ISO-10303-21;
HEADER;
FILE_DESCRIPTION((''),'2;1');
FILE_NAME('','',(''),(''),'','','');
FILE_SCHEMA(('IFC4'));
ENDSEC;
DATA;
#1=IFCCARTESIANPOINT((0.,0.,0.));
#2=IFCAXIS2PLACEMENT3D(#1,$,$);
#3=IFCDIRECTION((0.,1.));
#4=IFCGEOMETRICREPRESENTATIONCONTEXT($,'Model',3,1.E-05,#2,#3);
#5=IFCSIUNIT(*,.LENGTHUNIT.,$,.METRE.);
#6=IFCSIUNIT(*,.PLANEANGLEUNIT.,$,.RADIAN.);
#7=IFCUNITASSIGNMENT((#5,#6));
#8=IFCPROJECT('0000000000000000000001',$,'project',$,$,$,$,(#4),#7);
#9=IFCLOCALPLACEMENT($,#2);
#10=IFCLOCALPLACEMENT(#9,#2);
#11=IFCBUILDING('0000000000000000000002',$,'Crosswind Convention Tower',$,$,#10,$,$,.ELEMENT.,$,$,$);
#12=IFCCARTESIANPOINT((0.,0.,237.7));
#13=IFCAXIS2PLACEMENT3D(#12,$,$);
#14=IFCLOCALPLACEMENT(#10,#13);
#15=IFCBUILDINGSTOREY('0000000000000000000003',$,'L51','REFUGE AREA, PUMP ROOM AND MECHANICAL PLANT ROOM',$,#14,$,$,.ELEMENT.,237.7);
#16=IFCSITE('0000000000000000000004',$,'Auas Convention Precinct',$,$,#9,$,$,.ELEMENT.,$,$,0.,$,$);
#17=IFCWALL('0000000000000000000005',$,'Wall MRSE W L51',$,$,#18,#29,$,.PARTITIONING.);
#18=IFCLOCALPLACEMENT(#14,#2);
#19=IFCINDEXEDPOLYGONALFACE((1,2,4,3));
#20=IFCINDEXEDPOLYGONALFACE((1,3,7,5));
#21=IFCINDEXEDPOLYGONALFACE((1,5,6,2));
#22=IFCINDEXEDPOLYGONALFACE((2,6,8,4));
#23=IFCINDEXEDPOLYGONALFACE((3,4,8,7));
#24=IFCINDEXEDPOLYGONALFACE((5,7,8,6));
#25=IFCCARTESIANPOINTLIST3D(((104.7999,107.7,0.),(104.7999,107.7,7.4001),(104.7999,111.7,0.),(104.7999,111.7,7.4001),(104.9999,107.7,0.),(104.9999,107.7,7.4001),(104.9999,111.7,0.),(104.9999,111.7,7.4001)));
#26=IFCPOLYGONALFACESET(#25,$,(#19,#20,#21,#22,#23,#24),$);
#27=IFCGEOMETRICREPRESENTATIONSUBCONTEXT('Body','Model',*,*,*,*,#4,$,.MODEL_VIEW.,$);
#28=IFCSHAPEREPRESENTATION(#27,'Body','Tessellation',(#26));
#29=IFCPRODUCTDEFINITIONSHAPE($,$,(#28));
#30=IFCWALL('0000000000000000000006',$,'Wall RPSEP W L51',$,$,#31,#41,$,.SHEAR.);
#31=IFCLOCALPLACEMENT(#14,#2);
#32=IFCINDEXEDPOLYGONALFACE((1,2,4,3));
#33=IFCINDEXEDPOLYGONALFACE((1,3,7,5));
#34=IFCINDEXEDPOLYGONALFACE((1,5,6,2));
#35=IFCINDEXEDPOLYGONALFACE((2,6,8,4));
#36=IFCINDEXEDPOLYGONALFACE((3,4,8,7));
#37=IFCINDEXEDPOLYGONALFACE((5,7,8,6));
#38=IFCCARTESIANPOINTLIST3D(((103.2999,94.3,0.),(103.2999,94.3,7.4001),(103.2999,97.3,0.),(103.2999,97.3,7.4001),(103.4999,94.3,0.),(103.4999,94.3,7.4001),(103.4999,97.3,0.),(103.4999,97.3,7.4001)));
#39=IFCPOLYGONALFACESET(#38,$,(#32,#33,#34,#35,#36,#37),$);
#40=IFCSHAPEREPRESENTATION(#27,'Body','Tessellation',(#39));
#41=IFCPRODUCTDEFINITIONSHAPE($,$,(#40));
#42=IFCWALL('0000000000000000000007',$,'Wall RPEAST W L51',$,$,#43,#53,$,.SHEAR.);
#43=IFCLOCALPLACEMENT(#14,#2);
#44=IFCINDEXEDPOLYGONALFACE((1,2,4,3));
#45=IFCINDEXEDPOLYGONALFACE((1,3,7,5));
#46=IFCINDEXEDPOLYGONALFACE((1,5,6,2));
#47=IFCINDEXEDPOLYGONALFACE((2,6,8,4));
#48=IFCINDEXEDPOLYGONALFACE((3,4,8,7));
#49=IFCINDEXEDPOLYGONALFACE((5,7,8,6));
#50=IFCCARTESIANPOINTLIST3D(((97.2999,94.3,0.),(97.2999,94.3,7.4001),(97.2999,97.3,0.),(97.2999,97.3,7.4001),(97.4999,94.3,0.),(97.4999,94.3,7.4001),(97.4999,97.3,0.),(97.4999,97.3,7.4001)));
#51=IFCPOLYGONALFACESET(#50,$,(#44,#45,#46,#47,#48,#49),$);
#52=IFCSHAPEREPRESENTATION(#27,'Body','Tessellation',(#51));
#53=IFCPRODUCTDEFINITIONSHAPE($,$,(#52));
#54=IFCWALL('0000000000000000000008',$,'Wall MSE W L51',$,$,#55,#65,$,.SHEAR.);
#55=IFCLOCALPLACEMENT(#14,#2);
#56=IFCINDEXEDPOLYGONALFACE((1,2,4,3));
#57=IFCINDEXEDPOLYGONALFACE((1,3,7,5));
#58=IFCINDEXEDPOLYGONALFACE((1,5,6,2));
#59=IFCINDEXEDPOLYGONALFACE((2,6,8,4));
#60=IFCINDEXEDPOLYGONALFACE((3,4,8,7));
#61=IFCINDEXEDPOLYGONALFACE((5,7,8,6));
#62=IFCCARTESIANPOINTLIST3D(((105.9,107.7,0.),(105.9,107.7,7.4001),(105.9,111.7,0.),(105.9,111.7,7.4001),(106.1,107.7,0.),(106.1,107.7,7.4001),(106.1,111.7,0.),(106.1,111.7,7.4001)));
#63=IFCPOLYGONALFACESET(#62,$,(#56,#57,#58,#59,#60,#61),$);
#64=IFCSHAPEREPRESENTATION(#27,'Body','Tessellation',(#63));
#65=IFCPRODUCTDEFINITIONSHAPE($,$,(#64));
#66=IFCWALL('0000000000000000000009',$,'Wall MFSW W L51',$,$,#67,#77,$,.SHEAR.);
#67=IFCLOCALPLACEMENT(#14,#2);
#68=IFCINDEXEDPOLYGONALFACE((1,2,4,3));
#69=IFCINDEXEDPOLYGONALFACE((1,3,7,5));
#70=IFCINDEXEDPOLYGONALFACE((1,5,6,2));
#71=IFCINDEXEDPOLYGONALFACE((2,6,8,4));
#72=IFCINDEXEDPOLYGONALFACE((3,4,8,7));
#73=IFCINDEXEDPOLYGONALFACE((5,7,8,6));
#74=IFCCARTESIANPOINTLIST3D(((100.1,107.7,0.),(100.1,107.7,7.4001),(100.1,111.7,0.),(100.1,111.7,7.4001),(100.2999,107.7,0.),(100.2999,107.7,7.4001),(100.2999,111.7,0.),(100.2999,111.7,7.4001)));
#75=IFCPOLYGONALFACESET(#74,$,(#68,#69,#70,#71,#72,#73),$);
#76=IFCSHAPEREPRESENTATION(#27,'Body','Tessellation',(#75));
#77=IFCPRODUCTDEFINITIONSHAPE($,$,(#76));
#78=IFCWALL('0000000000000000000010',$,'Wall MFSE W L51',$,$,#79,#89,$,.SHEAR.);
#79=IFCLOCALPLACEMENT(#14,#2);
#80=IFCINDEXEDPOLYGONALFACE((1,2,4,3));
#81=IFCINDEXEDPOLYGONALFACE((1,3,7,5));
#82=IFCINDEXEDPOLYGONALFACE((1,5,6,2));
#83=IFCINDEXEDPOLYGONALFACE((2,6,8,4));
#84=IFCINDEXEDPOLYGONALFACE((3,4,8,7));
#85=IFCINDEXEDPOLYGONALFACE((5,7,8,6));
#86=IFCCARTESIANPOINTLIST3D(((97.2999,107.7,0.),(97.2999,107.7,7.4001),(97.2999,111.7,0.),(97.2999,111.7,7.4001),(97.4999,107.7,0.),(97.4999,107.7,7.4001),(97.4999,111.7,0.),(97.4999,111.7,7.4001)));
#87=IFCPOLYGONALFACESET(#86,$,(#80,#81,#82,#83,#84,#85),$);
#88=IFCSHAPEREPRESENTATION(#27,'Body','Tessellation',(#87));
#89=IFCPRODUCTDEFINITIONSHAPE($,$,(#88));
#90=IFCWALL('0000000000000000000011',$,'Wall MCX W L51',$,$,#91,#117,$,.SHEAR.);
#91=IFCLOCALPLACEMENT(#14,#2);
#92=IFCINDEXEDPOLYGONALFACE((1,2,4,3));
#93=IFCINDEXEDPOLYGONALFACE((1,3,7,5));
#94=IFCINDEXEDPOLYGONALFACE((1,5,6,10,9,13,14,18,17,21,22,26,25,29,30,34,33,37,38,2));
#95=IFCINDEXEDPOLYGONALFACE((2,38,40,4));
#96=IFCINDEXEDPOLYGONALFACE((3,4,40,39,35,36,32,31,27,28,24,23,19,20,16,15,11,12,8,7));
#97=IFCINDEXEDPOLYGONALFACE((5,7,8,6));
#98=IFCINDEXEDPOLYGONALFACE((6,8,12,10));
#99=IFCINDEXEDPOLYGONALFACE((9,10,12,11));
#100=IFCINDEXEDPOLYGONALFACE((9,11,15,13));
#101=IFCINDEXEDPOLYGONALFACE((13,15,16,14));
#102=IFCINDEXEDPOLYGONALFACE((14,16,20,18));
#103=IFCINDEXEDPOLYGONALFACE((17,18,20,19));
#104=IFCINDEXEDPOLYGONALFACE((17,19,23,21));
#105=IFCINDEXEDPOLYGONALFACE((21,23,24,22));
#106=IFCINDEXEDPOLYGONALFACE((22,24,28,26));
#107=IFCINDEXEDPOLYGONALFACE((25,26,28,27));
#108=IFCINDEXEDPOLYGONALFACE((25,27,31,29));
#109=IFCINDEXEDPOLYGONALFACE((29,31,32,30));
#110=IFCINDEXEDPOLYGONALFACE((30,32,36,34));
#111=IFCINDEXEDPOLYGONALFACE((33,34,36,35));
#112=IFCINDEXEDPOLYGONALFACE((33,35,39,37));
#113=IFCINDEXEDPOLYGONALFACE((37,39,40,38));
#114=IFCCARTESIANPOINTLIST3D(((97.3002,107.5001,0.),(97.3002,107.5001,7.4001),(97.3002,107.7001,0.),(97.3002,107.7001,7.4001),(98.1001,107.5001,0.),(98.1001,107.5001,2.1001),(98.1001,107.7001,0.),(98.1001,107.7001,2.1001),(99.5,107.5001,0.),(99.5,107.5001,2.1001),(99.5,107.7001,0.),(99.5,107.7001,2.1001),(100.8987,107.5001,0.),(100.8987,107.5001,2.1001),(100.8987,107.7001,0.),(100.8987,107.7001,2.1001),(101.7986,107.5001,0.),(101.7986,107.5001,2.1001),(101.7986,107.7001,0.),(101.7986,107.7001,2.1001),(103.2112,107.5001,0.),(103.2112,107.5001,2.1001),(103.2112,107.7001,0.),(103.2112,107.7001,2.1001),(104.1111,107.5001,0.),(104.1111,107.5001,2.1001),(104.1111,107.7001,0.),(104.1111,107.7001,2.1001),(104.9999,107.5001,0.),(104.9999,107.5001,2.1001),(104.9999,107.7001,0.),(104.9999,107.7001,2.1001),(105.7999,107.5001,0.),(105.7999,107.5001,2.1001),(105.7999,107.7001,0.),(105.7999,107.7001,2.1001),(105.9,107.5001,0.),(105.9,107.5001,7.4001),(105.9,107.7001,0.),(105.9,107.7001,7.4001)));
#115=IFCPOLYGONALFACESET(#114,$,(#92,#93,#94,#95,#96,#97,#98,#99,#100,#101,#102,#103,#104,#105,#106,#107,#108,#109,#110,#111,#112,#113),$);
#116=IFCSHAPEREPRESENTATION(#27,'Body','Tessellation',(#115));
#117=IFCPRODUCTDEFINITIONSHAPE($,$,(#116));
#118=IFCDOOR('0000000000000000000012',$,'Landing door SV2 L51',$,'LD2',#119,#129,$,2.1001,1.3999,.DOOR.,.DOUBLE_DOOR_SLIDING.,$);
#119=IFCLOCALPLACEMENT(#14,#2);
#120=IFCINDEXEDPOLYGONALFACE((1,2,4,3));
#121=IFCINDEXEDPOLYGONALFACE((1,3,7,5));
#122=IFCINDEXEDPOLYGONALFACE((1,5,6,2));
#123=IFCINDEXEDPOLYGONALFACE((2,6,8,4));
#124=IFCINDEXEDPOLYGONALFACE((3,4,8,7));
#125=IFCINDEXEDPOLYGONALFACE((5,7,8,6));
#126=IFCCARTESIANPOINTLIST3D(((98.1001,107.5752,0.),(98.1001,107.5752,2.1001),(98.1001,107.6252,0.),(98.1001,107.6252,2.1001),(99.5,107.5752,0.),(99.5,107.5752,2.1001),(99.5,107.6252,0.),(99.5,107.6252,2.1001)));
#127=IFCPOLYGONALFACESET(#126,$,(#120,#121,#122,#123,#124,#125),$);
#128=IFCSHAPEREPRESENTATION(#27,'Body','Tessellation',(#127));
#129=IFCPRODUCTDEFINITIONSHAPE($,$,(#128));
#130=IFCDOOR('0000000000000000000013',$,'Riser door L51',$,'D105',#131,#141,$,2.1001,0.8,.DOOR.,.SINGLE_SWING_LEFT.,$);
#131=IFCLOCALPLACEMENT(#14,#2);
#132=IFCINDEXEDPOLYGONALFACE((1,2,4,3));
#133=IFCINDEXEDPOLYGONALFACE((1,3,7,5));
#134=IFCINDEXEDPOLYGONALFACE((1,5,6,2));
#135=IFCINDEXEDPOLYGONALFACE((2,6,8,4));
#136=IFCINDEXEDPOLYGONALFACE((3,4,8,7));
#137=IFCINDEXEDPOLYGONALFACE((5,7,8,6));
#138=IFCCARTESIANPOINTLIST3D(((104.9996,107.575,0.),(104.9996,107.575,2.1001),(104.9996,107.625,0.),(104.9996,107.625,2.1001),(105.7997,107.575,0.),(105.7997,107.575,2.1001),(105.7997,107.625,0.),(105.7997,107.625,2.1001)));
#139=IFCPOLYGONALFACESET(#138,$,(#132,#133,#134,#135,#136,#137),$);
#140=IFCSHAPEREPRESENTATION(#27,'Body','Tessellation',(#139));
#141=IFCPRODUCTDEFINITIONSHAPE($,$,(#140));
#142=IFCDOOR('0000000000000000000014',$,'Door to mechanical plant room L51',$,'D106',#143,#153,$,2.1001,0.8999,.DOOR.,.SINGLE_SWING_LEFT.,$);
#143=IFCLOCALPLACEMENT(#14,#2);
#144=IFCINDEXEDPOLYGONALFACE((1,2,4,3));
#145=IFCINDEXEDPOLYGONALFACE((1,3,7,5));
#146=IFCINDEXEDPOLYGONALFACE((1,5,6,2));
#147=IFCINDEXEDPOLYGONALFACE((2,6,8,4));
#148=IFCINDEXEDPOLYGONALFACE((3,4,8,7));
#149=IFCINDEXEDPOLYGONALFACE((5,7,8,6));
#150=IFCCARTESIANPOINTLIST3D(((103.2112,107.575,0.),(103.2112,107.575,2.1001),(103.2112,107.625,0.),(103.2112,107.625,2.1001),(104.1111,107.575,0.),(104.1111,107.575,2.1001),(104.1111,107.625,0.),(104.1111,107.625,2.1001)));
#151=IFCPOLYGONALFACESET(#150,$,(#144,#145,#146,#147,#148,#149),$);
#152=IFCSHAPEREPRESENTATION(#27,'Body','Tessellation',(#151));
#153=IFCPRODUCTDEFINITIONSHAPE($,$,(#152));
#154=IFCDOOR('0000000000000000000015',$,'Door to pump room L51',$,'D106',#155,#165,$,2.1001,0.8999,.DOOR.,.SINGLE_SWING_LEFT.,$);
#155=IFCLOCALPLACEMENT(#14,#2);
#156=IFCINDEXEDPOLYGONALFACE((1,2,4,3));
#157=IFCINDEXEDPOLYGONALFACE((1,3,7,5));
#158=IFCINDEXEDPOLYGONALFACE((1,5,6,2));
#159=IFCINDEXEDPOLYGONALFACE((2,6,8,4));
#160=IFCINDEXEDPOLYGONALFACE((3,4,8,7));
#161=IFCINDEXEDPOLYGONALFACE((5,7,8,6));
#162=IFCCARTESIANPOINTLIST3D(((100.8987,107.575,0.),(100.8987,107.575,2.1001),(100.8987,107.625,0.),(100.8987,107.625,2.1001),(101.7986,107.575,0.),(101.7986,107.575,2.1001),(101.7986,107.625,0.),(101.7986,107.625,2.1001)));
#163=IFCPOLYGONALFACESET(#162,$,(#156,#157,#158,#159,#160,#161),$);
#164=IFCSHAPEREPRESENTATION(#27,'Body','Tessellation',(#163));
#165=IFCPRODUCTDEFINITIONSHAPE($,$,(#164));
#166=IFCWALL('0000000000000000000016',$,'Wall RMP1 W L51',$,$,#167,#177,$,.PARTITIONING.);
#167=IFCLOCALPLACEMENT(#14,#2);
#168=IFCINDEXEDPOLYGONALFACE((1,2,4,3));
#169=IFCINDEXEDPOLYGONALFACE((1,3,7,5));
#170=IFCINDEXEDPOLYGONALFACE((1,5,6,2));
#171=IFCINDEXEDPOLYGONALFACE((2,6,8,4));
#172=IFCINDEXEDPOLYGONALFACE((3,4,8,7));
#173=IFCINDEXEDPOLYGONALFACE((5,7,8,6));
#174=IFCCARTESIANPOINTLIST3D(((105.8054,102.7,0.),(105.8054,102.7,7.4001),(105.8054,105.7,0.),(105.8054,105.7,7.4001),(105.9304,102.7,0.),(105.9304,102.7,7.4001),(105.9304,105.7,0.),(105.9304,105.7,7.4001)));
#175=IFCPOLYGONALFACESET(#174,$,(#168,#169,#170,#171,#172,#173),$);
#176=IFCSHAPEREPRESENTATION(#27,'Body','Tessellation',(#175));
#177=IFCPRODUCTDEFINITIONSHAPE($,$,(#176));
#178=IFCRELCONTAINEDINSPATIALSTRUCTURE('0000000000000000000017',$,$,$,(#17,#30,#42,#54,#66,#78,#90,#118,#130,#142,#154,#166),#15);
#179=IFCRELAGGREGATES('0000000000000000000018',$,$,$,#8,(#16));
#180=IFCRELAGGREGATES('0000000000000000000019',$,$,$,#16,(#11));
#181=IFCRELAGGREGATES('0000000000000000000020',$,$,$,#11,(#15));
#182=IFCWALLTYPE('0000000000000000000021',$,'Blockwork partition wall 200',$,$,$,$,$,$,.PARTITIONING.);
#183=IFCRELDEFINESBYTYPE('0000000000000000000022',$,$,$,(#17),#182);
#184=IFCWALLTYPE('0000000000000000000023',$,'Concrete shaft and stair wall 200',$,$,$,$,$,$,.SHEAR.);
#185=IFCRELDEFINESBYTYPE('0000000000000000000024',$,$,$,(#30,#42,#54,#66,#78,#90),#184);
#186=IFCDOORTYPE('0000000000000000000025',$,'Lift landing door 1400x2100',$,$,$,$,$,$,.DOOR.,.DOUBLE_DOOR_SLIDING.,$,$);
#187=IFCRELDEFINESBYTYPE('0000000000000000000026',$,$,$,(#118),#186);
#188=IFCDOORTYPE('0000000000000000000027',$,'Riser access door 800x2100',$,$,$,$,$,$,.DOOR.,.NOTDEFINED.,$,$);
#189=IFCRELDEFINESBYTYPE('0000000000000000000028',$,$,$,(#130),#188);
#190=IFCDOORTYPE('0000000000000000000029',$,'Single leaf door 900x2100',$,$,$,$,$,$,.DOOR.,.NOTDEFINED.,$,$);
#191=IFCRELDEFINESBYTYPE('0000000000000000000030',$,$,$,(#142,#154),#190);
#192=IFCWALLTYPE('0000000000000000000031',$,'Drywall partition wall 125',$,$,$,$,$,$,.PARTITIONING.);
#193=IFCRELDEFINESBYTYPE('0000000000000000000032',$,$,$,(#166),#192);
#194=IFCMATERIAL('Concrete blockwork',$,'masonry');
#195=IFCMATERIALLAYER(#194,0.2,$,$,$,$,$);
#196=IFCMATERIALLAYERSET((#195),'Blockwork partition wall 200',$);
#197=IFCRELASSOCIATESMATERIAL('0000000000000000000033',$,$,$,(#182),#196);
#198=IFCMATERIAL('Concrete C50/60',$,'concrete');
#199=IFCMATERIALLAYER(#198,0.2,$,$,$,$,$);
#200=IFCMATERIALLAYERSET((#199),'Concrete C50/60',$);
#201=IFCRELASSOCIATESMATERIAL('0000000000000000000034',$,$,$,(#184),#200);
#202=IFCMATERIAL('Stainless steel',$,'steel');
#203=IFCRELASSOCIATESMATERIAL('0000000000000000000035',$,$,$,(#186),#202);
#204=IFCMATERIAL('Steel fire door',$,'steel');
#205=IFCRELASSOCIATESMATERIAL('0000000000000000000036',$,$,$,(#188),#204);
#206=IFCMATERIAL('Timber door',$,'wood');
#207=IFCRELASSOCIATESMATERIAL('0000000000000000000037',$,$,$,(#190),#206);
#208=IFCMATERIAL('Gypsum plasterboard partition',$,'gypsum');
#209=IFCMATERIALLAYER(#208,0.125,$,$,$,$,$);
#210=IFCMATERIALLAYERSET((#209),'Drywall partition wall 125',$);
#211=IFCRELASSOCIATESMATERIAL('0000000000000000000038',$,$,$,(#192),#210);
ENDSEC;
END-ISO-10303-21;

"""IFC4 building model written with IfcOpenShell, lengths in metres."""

from ifc_helpers import new_model, si_unit, direction, frame, frame_2d, origin, place, context, subcontext, project, spatial, rectangle, extrude, material, layer, layer_set, type_object, element, fill, save


model = new_model("IFC4")

# Units and contexts
model_context = context("Model", 3, precision=1e-05, world=origin(), true_north=direction((0.0, 1.0)))
body_context = subcontext(model_context, "Body", "Model", "MODEL_VIEW")
ifc_project = project(units=[si_unit("LENGTHUNIT", "METRE"), si_unit("PLANEANGLEUNIT", "RADIAN")], contexts=[model_context])

# Site, building, storey
site_placement = place(None, origin())
site = spatial("IfcSite", under=ifc_project, at=site_placement, Name="Auas Convention Precinct", CompositionType="ELEMENT", RefElevation=0.0)
building_placement = place(site_placement, origin())
building = spatial("IfcBuilding", under=site, at=building_placement, Name="Crosswind Convention Tower", CompositionType="ELEMENT")
storey_placement = place(building_placement, frame((0.0, 0.0, 237.7)))
storey = spatial("IfcBuildingStorey", under=building, at=storey_placement, Name="L51", Description="REFUGE AREA, PUMP ROOM AND MECHANICAL PLANT ROOM", CompositionType="ELEMENT", Elevation=237.7)

# Walls
ifc_material_1 = material(Name="Concrete blockwork", Category="masonry")
ifc_layer_1 = layer(ifc_material_1, 0.2)
ifc_layer_set_1 = layer_set([ifc_layer_1], Name="Blockwork partition wall 200")
wall_type_1 = type_object("IfcWallType", Name="Blockwork partition wall 200", PredefinedType="PARTITIONING", material=ifc_layer_set_1)
wall_1_placement = place(storey_placement, frame((104.8999, 111.7, 0.0), z_axis=(0.0, 0.0, 1.0), x_axis=(0.0, -1.0, 0.0)))
element("IfcWall", 1, at=wall_1_placement, inside=storey, type_object=wall_type_1, Name="Wall MRSE W L51", PredefinedType="PARTITIONING", context=body_context, shape_type="SweptSolid", body=[
    extrude(rectangle(XDim=4.0, YDim=0.2, at=frame_2d((2.0, 0.0))), origin(), (0.0, 0.0, 1.0), 7.4001),
])
ifc_material_2 = material(Name="Concrete C50/60", Category="concrete")
ifc_layer_2 = layer(ifc_material_2, 0.2)
ifc_layer_set_2 = layer_set([ifc_layer_2], Name="Concrete C50/60")
wall_type_2 = type_object("IfcWallType", Name="Concrete shaft and stair wall 200", PredefinedType="SHEAR", material=ifc_layer_set_2)
for number, where, z_axis, x_axis, name in (
    (2, (103.3999, 97.3, 0.0), (0.0, 0.0, 1.0), (0.0, -1.0, 0.0), "Wall RPSEP W L51"),
    (3, (97.3999, 97.3, 0.0), (0.0, 0.0, 1.0), (0.0, -1.0, 0.0), "Wall RPEAST W L51"),
):
    element("IfcWall", number, at=place(storey_placement, frame(where, z_axis=z_axis, x_axis=x_axis)), inside=storey, type_object=wall_type_2, Name=name, PredefinedType="SHEAR", context=body_context, shape_type="SweptSolid", body=[
        extrude(rectangle(XDim=3.0, YDim=0.2, at=frame_2d((1.5, 0.0))), origin(), (0.0, 0.0, 1.0), 7.4001),
    ])
for number, where, z_axis, x_axis, name in (
    (4, (106.0, 111.7, 0.0), (0.0, 0.0, 1.0), (0.0, -1.0, 0.0), "Wall MSE W L51"),
    (5, (100.2, 111.7, 0.0), (0.0, 0.0, 1.0), (0.0, -1.0, 0.0), "Wall MFSW W L51"),
    (6, (97.3999, 111.7, 0.0), (0.0, 0.0, 1.0), (0.0, -1.0, 0.0), "Wall MFSE W L51"),
):
    element("IfcWall", number, at=place(storey_placement, frame(where, z_axis=z_axis, x_axis=x_axis)), inside=storey, type_object=wall_type_2, Name=name, PredefinedType="SHEAR", context=body_context, shape_type="SweptSolid", body=[
        extrude(rectangle(XDim=4.0, YDim=0.2, at=frame_2d((2.0, 0.0))), origin(), (0.0, 0.0, 1.0), 7.4001),
    ])

# Wall, openings, doors
wall_2_placement = place(storey_placement, frame((105.8999, 107.6001, 0.0), z_axis=(0.0, 0.0, 1.0), x_axis=(-1.0, 0.0, 0.0)))
wall_2 = element("IfcWall", 7, at=wall_2_placement, inside=storey, type_object=wall_type_2, Name="Wall MCX W L51", PredefinedType="SHEAR", context=body_context, shape_type="SweptSolid", body=[
    extrude(rectangle(XDim=8.5999, YDim=0.2, at=frame_2d((4.2998, 0.0))), origin(), (0.0, 0.0, 1.0), 7.4001),
])
opening_1_placement = place(wall_2_placement, frame((0.1001, 0.0, 0.0)))
opening_1 = element("IfcOpeningElement", 8, at=opening_1_placement, cuts=wall_2, PredefinedType="OPENING", context=body_context, shape_type="SweptSolid", body=[
    extrude(rectangle(XDim=0.8, YDim=2.1001, at=frame_2d((0.3999, 1.05))), frame((0.0, 0.1099, 0.0), z_axis=(0.0, -1.0, 0.0), x_axis=(1.0, 0.0, 0.0)), (0.0, 0.0, 1.0), 0.22),
])
opening_2_placement = place(wall_2_placement, frame((1.7888, 0.0, 0.0)))
opening_2 = element("IfcOpeningElement", 9, at=opening_2_placement, cuts=wall_2, PredefinedType="OPENING", context=body_context, shape_type="SweptSolid", body=[
    extrude(rectangle(XDim=0.8999, YDim=2.1001, at=frame_2d((0.45, 1.05))), frame((0.0, 0.1099, 0.0), z_axis=(0.0, -1.0, 0.0), x_axis=(1.0, 0.0, 0.0)), (0.0, 0.0, 1.0), 0.22),
])
opening_3_placement = place(wall_2_placement, frame((4.1013, 0.0, 0.0)))
opening_3 = element("IfcOpeningElement", 10, at=opening_3_placement, cuts=wall_2, PredefinedType="OPENING", context=body_context, shape_type="SweptSolid", body=[
    extrude(rectangle(XDim=0.8999, YDim=2.1001, at=frame_2d((0.45, 1.05))), frame((0.0, 0.1099, 0.0), z_axis=(0.0, -1.0, 0.0), x_axis=(1.0, 0.0, 0.0)), (0.0, 0.0, 1.0), 0.22),
])
opening_4_placement = place(wall_2_placement, frame((6.3999, 0.0, 0.0)))
opening_4 = element("IfcOpeningElement", 11, at=opening_4_placement, cuts=wall_2, PredefinedType="OPENING", context=body_context, shape_type="SweptSolid", body=[
    extrude(rectangle(XDim=1.3999, YDim=2.1001, at=frame_2d((0.7, 1.05))), frame((0.0, 0.1099, 0.0), z_axis=(0.0, -1.0, 0.0), x_axis=(1.0, 0.0, 0.0)), (0.0, 0.0, 1.0), 0.22),
])
ifc_material_3 = material(Name="Stainless steel", Category="steel")
door_type_1 = type_object("IfcDoorType", Name="Lift landing door 1400x2100", OperationType="DOUBLE_DOOR_SLIDING", PredefinedType="DOOR", material=ifc_material_3)
door_1_placement = place(opening_4_placement, origin())
door_1 = element("IfcDoor", 12, at=door_1_placement, inside=storey, type_object=door_type_1, Name="Landing door SV2 L51", ObjectType="LD2", OperationType="DOUBLE_DOOR_SLIDING", OverallHeight=2.1001, OverallWidth=1.3999, PredefinedType="DOOR", context=body_context, shape_type="SweptSolid", body=[
    extrude(rectangle(XDim=1.3999, YDim=2.1001, at=frame_2d((0.7, 1.05))), frame((0.0, 0.0249, 0.0), z_axis=(0.0, -1.0, 0.0), x_axis=(1.0, 0.0, 0.0)), (0.0, 0.0, 1.0), 0.05),
])
fill(opening_4, door_1)
ifc_material_4 = material(Name="Steel fire door", Category="steel")
door_type_2 = type_object("IfcDoorType", Name="Riser access door 800x2100", OperationType="NOTDEFINED", PredefinedType="DOOR", material=ifc_material_4)
door_2_placement = place(opening_1_placement, frame((0.8, 0.0, 0.0), z_axis=(0.0, 0.0, 1.0), x_axis=(-1.0, 0.0, 0.0)))
door_2 = element("IfcDoor", 13, at=door_2_placement, inside=storey, type_object=door_type_2, Name="Riser door L51", ObjectType="D105", OperationType="SINGLE_SWING_LEFT", OverallHeight=2.1001, OverallWidth=0.8, PredefinedType="DOOR", context=body_context, shape_type="SweptSolid", body=[
    extrude(rectangle(XDim=0.8, YDim=2.1001, at=frame_2d((0.3999, 1.05))), frame((0.0, 0.0249, 0.0), z_axis=(0.0, -1.0, 0.0), x_axis=(1.0, 0.0, 0.0)), (0.0, 0.0, 1.0), 0.05),
])
fill(opening_1, door_2)
ifc_material_5 = material(Name="Timber door", Category="wood")
door_type_3 = type_object("IfcDoorType", Name="Single leaf door 900x2100", OperationType="NOTDEFINED", PredefinedType="DOOR", material=ifc_material_5)
door_3_placement = place(opening_2_placement, frame((0.8999, 0.0, 0.0), z_axis=(0.0, 0.0, 1.0), x_axis=(-1.0, 0.0, 0.0)))
door_3 = element("IfcDoor", 14, at=door_3_placement, inside=storey, type_object=door_type_3, Name="Door to mechanical plant room L51", ObjectType="D106", OperationType="SINGLE_SWING_LEFT", OverallHeight=2.1001, OverallWidth=0.8999, PredefinedType="DOOR", context=body_context, shape_type="SweptSolid", body=[
    extrude(rectangle(XDim=0.8999, YDim=2.1001, at=frame_2d((0.45, 1.05))), frame((0.0, 0.0249, 0.0), z_axis=(0.0, -1.0, 0.0), x_axis=(1.0, 0.0, 0.0)), (0.0, 0.0, 1.0), 0.05),
])
fill(opening_2, door_3)
door_4_placement = place(opening_3_placement, frame((0.8999, 0.0, 0.0), z_axis=(0.0, 0.0, 1.0), x_axis=(-1.0, 0.0, 0.0)))
door_4 = element("IfcDoor", 15, at=door_4_placement, inside=storey, type_object=door_type_3, Name="Door to pump room L51", ObjectType="D106", OperationType="SINGLE_SWING_LEFT", OverallHeight=2.1001, OverallWidth=0.8999, PredefinedType="DOOR", context=body_context, shape_type="SweptSolid", body=[
    extrude(rectangle(XDim=0.8999, YDim=2.1001, at=frame_2d((0.45, 1.05))), frame((0.0, 0.0249, 0.0), z_axis=(0.0, -1.0, 0.0), x_axis=(1.0, 0.0, 0.0)), (0.0, 0.0, 1.0), 0.05),
])
fill(opening_3, door_4)

# Wall
ifc_material_6 = material(Name="Gypsum plasterboard partition", Category="gypsum")
ifc_layer_3 = layer(ifc_material_6, 0.125)
ifc_layer_set_3 = layer_set([ifc_layer_3], Name="Drywall partition wall 125")
wall_type_3 = type_object("IfcWallType", Name="Drywall partition wall 125", PredefinedType="PARTITIONING", material=ifc_layer_set_3)
wall_3_placement = place(storey_placement, frame((105.8679, 105.7, 0.0), z_axis=(0.0, 0.0, 1.0), x_axis=(0.0, -1.0, 0.0)))
element("IfcWall", 16, at=wall_3_placement, inside=storey, type_object=wall_type_3, Name="Wall RMP1 W L51", PredefinedType="PARTITIONING", context=body_context, shape_type="SweptSolid", body=[
    extrude(rectangle(XDim=3.0, YDim=0.125, at=frame_2d((1.5, 0.0))), origin(), (0.0, 0.0, 1.0), 7.4001),
])

save(model, "model.ifc")
